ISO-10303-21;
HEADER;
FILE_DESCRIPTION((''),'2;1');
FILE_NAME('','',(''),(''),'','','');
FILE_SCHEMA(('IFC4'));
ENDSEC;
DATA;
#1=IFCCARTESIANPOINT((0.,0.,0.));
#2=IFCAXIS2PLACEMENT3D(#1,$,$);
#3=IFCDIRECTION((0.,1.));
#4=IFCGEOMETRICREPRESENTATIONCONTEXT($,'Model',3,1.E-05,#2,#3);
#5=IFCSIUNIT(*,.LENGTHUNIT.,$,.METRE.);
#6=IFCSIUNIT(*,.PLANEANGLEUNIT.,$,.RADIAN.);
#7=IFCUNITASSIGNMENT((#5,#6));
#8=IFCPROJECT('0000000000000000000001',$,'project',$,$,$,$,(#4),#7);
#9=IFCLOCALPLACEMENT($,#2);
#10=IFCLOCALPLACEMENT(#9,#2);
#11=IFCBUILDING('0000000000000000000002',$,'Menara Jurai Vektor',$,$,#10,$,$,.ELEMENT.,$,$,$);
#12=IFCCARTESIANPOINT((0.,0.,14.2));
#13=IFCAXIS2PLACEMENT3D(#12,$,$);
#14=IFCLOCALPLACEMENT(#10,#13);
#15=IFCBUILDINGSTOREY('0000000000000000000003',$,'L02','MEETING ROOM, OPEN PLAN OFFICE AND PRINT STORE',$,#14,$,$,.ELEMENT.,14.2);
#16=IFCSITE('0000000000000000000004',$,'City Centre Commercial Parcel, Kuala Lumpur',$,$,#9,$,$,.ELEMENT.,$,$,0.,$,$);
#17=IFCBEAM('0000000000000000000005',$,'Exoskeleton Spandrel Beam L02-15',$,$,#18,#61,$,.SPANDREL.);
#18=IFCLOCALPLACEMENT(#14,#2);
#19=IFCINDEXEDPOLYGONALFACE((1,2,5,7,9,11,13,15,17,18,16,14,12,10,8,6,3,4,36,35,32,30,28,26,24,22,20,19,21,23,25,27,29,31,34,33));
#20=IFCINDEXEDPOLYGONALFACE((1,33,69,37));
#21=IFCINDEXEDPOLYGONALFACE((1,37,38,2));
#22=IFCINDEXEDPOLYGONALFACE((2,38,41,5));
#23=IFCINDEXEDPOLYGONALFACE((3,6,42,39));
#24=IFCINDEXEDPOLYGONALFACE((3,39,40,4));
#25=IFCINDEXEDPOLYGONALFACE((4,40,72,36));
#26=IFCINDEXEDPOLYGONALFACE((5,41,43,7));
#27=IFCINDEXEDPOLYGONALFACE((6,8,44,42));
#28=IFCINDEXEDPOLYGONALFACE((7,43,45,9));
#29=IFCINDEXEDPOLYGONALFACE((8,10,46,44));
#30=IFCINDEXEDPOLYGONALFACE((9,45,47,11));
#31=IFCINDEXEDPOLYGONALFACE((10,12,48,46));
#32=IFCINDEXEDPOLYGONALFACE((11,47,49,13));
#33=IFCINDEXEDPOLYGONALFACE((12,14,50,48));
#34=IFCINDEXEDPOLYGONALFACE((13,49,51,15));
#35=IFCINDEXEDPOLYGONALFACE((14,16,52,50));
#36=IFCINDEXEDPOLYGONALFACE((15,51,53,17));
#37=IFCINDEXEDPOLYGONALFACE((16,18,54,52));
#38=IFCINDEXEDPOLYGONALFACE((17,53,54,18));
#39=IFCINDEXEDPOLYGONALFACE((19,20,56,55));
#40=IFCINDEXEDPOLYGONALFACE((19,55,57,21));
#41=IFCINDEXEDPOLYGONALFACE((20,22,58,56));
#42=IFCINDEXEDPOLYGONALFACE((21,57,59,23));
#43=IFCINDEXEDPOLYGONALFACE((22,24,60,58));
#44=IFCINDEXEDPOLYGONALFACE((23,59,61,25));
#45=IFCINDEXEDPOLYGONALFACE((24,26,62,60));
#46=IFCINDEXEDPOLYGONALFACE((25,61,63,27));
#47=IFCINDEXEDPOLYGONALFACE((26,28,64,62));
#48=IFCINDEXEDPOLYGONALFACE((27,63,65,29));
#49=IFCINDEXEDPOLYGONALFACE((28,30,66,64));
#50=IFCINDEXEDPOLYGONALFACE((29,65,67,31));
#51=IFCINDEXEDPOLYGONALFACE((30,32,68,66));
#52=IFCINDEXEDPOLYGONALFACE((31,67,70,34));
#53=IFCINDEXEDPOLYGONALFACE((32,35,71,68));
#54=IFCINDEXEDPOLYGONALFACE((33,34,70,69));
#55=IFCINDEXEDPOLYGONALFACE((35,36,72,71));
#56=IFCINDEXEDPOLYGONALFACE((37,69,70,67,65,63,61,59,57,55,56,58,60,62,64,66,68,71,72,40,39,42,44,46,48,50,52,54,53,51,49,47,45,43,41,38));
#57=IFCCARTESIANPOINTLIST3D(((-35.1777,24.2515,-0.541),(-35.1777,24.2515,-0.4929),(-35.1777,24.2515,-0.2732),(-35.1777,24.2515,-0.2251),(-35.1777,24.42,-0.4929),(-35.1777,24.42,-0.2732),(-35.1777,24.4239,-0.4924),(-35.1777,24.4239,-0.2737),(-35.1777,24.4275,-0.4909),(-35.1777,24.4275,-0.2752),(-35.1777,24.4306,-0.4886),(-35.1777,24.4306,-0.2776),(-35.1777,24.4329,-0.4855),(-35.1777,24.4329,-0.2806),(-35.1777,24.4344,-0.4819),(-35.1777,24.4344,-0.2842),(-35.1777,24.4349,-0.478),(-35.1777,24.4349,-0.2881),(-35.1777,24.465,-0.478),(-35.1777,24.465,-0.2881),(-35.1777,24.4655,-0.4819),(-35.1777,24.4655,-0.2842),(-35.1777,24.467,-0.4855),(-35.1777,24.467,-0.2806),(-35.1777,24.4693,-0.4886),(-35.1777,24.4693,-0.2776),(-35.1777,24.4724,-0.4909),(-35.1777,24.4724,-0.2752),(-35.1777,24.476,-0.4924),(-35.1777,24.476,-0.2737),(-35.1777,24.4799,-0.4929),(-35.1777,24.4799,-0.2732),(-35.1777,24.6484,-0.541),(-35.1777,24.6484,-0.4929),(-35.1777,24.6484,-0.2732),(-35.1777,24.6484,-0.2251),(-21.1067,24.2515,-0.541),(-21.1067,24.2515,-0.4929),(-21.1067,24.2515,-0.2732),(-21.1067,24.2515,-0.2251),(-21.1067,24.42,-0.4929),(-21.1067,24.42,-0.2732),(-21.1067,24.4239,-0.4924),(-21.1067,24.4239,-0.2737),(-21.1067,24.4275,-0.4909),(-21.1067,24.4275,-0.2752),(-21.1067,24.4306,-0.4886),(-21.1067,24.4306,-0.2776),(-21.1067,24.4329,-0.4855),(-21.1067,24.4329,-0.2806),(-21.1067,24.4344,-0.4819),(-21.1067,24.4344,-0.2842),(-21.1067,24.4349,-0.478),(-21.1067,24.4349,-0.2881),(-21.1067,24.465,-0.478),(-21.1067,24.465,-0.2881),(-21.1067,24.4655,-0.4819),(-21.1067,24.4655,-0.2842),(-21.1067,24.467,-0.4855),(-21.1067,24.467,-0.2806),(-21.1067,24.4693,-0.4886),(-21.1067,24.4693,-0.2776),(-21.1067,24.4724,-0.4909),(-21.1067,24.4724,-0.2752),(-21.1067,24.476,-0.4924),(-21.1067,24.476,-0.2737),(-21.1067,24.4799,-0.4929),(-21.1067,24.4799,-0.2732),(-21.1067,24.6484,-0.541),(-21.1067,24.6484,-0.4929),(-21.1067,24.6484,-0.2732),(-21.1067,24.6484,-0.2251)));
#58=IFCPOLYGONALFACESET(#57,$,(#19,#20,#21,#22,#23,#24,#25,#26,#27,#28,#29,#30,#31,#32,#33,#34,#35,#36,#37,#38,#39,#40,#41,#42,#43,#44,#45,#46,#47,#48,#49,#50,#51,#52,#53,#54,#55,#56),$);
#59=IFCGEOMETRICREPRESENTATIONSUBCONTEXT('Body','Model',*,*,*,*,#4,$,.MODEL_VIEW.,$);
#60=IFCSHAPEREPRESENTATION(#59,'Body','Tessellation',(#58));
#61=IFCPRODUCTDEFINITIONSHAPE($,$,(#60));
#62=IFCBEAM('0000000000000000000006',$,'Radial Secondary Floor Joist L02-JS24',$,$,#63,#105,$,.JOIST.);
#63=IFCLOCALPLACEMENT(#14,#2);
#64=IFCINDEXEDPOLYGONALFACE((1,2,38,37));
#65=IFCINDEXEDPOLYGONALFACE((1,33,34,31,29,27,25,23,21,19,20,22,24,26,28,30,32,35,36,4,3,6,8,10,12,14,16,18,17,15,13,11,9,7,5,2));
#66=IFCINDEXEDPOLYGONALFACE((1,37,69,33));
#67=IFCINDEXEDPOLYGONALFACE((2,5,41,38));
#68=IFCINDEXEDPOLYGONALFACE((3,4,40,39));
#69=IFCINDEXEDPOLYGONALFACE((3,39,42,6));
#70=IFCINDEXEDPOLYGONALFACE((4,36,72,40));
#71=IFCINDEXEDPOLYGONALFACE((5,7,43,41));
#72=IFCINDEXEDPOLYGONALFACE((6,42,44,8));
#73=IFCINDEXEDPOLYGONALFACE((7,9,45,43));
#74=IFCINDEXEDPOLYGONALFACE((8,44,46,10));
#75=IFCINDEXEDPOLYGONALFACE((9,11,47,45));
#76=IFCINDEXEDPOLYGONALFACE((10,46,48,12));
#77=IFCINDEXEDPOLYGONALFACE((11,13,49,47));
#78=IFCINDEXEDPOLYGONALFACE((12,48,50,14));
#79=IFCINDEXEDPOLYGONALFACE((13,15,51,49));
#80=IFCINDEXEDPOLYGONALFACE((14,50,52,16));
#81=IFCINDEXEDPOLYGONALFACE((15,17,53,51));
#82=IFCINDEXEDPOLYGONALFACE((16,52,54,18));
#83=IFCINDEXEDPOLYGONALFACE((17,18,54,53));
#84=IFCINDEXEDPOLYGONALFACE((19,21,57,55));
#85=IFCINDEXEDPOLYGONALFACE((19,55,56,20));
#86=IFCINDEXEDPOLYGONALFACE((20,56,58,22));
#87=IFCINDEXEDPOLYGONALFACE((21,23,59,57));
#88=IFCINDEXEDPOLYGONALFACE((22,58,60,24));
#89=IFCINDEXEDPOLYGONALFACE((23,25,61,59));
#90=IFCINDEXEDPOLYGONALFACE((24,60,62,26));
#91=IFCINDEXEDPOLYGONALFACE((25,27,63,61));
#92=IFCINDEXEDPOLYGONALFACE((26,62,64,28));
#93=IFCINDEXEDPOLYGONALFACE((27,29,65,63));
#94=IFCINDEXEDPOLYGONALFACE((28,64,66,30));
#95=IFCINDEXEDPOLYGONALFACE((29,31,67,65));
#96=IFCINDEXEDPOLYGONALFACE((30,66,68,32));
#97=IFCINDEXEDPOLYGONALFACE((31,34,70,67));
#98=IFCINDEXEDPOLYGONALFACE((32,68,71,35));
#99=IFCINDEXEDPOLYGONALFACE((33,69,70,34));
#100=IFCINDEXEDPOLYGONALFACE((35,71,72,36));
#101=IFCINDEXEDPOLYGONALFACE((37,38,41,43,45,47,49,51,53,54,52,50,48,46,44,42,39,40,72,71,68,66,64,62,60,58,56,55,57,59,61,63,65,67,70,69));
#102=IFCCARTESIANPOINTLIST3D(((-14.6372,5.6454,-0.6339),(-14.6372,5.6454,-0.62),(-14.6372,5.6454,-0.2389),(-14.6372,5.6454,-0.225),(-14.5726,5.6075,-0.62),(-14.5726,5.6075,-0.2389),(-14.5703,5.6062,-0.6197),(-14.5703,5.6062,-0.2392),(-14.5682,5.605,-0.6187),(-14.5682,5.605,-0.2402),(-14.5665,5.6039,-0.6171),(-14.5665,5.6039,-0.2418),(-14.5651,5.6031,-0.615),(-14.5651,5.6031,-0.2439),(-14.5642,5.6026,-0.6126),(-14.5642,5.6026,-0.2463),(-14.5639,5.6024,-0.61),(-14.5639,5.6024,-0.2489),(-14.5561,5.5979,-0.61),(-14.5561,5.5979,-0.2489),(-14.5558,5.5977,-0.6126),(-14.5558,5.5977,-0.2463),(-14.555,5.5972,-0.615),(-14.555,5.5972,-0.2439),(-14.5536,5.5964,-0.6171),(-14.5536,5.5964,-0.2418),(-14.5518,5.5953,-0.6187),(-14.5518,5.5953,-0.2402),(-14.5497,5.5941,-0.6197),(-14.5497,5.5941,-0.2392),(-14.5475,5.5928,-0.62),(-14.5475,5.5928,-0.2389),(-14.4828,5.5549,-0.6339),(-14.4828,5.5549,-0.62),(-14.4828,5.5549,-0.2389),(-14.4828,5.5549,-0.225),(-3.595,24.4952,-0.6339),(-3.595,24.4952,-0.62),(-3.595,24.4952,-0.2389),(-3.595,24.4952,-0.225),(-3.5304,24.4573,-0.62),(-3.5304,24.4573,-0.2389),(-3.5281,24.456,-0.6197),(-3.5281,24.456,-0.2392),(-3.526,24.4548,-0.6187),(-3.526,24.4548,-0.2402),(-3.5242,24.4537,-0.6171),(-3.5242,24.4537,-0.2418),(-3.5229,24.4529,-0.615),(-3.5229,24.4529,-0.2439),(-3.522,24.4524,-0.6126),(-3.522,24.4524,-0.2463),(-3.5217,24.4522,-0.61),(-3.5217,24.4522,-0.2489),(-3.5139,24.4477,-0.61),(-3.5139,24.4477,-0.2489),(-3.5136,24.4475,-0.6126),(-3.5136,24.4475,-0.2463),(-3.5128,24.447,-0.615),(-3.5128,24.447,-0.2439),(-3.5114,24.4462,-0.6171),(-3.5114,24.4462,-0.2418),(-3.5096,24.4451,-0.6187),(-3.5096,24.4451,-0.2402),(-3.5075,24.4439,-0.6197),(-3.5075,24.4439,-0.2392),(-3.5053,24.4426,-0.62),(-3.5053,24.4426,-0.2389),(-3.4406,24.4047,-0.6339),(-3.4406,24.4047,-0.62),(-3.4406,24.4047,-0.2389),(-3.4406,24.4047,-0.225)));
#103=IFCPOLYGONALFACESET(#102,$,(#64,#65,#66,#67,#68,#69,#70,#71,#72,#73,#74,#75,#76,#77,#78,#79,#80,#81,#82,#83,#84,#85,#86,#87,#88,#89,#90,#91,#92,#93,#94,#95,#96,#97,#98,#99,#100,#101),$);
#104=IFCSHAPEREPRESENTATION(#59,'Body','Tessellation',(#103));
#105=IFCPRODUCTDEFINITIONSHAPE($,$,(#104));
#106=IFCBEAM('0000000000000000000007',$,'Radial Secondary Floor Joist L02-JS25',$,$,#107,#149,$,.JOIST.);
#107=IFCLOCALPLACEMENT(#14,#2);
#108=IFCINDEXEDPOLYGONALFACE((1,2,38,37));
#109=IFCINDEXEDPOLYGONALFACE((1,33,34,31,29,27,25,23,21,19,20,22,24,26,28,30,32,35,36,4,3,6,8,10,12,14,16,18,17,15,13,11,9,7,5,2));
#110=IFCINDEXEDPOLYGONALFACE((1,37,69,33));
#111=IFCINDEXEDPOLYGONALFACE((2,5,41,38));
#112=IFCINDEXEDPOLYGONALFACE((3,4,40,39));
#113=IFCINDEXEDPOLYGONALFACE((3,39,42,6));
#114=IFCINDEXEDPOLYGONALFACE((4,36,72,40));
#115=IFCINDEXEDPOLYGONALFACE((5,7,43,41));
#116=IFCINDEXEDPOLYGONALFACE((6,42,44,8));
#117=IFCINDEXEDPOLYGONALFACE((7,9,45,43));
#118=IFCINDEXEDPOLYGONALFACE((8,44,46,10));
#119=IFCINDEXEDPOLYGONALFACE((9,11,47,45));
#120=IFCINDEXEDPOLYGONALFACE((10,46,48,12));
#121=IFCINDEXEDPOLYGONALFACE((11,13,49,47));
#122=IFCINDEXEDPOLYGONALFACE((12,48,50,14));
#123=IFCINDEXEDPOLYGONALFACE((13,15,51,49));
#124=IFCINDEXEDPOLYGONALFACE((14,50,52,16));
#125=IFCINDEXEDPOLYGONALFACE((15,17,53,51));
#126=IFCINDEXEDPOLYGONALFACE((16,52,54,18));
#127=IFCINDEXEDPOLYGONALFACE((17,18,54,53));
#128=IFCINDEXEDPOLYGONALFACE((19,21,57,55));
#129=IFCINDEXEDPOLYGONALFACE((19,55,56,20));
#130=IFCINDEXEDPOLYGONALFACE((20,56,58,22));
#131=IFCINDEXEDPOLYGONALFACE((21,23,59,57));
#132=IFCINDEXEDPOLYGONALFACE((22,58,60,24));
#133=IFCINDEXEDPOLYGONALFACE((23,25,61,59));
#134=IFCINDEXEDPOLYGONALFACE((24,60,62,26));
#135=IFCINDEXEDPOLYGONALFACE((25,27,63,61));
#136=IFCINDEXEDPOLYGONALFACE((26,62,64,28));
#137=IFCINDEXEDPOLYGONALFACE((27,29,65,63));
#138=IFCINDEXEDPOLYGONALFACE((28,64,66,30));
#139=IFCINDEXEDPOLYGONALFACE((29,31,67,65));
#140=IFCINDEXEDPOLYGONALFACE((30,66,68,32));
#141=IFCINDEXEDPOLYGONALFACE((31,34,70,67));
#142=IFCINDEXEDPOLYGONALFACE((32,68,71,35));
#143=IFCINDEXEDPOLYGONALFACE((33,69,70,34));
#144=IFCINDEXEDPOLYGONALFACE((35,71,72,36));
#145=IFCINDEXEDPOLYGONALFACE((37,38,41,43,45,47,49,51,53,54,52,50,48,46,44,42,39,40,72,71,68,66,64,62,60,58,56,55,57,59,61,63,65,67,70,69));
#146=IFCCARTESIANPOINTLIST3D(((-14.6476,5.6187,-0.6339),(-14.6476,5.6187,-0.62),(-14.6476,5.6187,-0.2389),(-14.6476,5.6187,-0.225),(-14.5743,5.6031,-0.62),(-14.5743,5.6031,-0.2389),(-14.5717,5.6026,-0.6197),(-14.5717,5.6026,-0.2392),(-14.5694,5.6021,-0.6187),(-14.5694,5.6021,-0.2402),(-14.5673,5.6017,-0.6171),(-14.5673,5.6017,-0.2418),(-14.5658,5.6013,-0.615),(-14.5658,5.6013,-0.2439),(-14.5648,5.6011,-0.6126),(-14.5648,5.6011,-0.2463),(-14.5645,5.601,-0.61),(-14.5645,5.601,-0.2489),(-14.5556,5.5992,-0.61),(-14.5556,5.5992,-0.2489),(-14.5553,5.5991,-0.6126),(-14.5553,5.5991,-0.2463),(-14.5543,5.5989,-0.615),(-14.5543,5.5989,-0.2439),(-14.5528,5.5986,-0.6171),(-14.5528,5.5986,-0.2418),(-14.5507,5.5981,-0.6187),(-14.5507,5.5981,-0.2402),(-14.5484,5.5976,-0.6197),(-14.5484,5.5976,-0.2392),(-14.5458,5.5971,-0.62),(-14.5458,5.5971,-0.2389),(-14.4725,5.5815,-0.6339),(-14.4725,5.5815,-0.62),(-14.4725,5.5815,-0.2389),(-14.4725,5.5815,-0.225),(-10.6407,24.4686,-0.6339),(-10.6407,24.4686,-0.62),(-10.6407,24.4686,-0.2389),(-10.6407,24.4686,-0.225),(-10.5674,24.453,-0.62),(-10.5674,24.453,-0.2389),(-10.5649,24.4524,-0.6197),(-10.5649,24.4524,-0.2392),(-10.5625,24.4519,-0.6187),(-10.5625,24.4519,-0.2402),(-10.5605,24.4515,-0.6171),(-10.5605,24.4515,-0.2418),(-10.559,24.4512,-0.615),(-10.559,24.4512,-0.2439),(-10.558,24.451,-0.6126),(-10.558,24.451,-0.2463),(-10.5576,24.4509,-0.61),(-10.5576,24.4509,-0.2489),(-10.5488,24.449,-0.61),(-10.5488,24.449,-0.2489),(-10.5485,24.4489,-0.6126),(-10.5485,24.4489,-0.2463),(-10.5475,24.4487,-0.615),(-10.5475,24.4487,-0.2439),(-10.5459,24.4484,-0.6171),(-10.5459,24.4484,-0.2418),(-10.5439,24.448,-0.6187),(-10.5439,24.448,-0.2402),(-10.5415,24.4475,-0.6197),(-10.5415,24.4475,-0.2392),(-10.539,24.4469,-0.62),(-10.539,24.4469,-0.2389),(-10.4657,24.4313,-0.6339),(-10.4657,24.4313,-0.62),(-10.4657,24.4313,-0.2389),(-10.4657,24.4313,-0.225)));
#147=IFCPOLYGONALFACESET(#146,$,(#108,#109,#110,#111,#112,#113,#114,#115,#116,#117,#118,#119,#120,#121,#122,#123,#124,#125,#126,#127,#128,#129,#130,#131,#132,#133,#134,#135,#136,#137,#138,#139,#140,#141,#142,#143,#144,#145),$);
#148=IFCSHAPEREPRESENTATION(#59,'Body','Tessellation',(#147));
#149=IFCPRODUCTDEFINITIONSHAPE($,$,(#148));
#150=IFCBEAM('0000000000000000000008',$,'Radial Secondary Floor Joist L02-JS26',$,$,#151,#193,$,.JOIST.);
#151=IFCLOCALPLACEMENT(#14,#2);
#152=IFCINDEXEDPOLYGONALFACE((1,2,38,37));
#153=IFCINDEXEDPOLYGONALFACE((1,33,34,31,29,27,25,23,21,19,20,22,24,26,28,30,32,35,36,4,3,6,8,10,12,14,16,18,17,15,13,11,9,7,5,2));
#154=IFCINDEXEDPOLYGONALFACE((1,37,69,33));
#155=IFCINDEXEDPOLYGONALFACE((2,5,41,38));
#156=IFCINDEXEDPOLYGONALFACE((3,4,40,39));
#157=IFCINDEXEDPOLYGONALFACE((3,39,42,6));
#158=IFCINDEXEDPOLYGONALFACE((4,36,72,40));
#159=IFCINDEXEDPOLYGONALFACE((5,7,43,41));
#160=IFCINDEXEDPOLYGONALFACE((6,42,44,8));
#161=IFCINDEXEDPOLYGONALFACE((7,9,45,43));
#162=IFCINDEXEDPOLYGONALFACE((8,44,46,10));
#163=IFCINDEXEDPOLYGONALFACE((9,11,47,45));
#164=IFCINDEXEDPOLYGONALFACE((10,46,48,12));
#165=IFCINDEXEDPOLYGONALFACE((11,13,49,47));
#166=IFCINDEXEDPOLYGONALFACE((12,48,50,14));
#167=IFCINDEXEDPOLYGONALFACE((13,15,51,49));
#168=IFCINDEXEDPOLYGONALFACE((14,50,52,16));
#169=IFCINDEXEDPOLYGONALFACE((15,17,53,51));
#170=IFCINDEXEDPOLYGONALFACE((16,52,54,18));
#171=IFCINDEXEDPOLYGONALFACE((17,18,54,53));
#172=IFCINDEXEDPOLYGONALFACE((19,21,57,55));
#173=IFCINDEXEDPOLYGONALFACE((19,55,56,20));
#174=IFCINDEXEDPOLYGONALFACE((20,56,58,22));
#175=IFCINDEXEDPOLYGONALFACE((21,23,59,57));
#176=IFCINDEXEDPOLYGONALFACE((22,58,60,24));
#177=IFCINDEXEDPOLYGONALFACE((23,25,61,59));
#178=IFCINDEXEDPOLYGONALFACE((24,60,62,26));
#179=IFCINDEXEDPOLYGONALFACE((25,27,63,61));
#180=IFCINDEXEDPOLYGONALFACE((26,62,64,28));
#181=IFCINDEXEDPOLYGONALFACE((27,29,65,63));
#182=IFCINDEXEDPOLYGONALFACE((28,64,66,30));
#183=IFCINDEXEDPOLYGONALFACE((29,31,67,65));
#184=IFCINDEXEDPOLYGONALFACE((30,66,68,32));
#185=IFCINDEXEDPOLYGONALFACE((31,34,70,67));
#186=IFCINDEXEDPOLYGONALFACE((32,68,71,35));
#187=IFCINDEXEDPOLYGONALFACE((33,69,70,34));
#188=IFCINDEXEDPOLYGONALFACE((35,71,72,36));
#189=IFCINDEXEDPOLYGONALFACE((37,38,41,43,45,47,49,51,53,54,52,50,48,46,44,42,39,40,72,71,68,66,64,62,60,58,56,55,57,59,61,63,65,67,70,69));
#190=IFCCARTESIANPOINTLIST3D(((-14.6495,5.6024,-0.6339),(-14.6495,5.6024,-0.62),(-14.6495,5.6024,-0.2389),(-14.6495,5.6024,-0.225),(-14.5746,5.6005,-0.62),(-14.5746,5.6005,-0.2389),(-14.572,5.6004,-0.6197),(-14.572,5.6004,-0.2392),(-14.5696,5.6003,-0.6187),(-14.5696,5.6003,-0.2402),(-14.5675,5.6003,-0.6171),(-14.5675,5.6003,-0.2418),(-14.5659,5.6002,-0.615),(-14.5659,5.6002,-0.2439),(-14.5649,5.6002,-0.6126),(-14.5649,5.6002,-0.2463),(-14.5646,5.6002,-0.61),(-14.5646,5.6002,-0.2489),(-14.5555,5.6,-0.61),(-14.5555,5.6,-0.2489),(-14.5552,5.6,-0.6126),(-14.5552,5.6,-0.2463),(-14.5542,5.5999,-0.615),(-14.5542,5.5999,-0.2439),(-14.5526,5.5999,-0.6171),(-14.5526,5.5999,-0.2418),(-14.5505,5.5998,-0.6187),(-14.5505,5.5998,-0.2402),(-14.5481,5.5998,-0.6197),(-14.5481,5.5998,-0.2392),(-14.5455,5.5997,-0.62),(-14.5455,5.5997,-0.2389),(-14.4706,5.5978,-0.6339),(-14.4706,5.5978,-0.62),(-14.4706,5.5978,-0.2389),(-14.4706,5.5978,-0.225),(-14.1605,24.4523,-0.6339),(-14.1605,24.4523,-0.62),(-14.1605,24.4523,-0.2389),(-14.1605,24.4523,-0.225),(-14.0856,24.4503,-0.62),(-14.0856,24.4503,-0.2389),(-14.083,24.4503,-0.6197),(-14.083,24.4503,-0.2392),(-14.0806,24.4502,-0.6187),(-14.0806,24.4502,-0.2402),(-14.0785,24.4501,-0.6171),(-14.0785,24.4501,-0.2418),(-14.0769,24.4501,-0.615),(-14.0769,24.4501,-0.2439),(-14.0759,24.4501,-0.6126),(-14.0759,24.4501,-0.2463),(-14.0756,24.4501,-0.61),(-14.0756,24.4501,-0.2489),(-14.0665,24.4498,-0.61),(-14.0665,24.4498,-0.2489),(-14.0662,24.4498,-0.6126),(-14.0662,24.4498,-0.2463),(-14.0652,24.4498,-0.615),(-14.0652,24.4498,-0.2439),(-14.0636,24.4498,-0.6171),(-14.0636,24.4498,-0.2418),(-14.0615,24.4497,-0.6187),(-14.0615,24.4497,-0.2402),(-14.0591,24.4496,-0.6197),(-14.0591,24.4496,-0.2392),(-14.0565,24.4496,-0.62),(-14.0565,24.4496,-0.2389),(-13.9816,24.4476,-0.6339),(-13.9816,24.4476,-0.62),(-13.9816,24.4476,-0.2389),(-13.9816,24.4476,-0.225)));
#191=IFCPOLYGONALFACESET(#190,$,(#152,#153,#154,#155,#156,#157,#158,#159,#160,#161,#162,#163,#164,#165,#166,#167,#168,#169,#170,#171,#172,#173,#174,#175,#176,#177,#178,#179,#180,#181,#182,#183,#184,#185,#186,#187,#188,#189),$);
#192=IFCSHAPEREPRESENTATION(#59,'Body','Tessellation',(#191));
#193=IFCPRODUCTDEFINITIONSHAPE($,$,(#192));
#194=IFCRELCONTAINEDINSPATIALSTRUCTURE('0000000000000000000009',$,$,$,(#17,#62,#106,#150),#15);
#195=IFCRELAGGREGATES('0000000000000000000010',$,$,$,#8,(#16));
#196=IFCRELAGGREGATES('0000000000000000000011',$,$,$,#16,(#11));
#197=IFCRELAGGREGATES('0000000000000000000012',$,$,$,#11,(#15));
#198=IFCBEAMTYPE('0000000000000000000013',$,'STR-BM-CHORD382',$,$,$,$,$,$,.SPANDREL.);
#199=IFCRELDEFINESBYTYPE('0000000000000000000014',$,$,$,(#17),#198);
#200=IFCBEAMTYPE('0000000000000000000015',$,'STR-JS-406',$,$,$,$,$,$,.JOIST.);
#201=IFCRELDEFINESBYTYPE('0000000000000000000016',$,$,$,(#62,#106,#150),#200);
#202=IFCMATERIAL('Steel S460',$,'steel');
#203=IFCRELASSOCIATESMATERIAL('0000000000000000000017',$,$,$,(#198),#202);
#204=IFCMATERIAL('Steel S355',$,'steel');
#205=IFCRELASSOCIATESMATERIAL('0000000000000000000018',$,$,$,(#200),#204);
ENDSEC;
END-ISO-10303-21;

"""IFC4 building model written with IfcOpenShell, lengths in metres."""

from ifc_helpers import new_model, si_unit, direction, frame, origin, origin_2d, place, context, subcontext, project, spatial, i_section, extrude, material, material_profile, profile_set, type_object, element, save


model = new_model("IFC4")

# Units and contexts
model_context = context("Model", 3, precision=1e-05, world=origin(), true_north=direction((0.0, 1.0)))
body_context = subcontext(model_context, "Body", "Model", "MODEL_VIEW")
ifc_project = project(units=[si_unit("LENGTHUNIT", "METRE"), si_unit("PLANEANGLEUNIT", "RADIAN")], contexts=[model_context])

# Site, building, storey
site_placement = place(None, origin())
site = spatial("IfcSite", under=ifc_project, at=site_placement, Name="City Centre Commercial Parcel, Kuala Lumpur", CompositionType="ELEMENT", RefElevation=0.0)
building_placement = place(site_placement, origin())
building = spatial("IfcBuilding", under=site, at=building_placement, Name="Menara Jurai Vektor", CompositionType="ELEMENT")
storey_placement = place(building_placement, frame((0.0, 0.0, 14.2)))
storey = spatial("IfcBuildingStorey", under=building, at=storey_placement, Name="L02", Description="MEETING ROOM, OPEN PLAN OFFICE AND PRINT STORE", CompositionType="ELEMENT", Elevation=14.2)

# Shared definitions
ifc_material_1 = material(Name="Steel S460", Category="steel")

# Beams
ifc_material_2 = material(Name="Steel S355", Category="steel")
ifc_material_profile_1 = material_profile(ifc_material_1, i_section(OverallWidth=0.397, OverallDepth=0.3159, WebThickness=0.03, FlangeThickness=0.0481, FilletRadius=0.0149, at=origin_2d()), Name="HD 400x382")
ifc_profile_set_1 = profile_set([ifc_material_profile_1], Name="Steel S460")
beam_type_1 = type_object("IfcBeamType", Name="STR-BM-CHORD382", PredefinedType="SPANDREL", material=ifc_profile_set_1)
for number, where, z_axis, x_axis, name in (
    (1, (-21.1067, 24.45, -0.3831), (-1.0, 0.0, 0.0), (0.0, -1.0, 0.0), "Exoskeleton Spandrel Beam L02-15"),
):
    element("IfcBeam", number, at=place(storey_placement, frame(where, z_axis=z_axis, x_axis=x_axis)), inside=storey, type_object=beam_type_1, Name=name, PredefinedType="SPANDREL", context=body_context, shape_type="SweptSolid", body=[
        extrude(i_section(OverallWidth=0.397, OverallDepth=0.3159, WebThickness=0.03, FlangeThickness=0.0481, FilletRadius=0.0149, at=origin_2d()), origin(), (0.0, 0.0, 1.0), 14.071),
    ])
ifc_material_profile_2 = material_profile(ifc_material_2, i_section(OverallWidth=0.179, OverallDepth=0.4089, WebThickness=0.009, FlangeThickness=0.0139, FilletRadius=0.01, at=origin_2d()), Name="UKB 406x178x67")
ifc_profile_set_2 = profile_set([ifc_material_profile_2], Name="Steel S355")
beam_type_2 = type_object("IfcBeamType", Name="STR-JS-406", PredefinedType="JOIST", material=ifc_profile_set_2)
beam_1_placement = place(storey_placement, frame((-3.5178, 24.45, -0.4294), z_axis=(-0.505458, -0.862851, 0.0), x_axis=(0.862851, -0.505458, 0.0)))
element("IfcBeam", 2, at=beam_1_placement, inside=storey, type_object=beam_type_2, Name="Radial Secondary Floor Joist L02-JS24", PredefinedType="JOIST", context=body_context, shape_type="SweptSolid", body=[
    extrude(i_section(OverallWidth=0.179, OverallDepth=0.4089, WebThickness=0.009, FlangeThickness=0.0139, FilletRadius=0.01, at=origin_2d()), origin(), (0.0, 0.0, 1.0), 21.8459),
])
beam_2_placement = place(storey_placement, frame((-10.5532, 24.45, -0.4294), z_axis=(-0.20792, -0.978146, 0.0), x_axis=(0.978146, -0.20792, 0.0)))
element("IfcBeam", 3, at=beam_2_placement, inside=storey, type_object=beam_type_2, Name="Radial Secondary Floor Joist L02-JS25", PredefinedType="JOIST", context=body_context, shape_type="SweptSolid", body=[
    extrude(i_section(OverallWidth=0.179, OverallDepth=0.4089, WebThickness=0.009, FlangeThickness=0.0139, FilletRadius=0.01, at=origin_2d()), origin(), (0.0, 0.0, 1.0), 19.271),
])
beam_3_placement = place(storey_placement, frame((-14.071, 24.45, -0.4294), z_axis=(-0.025934, -0.999664, 0.0), x_axis=(0.999664, -0.025934, 0.0)))
element("IfcBeam", 4, at=beam_3_placement, inside=storey, type_object=beam_type_2, Name="Radial Secondary Floor Joist L02-JS26", PredefinedType="JOIST", context=body_context, shape_type="SweptSolid", body=[
    extrude(i_section(OverallWidth=0.179, OverallDepth=0.4089, WebThickness=0.009, FlangeThickness=0.0139, FilletRadius=0.01, at=origin_2d()), origin(), (0.0, 0.0, 1.0), 18.8562),
])

save(model, "model.ifc")
